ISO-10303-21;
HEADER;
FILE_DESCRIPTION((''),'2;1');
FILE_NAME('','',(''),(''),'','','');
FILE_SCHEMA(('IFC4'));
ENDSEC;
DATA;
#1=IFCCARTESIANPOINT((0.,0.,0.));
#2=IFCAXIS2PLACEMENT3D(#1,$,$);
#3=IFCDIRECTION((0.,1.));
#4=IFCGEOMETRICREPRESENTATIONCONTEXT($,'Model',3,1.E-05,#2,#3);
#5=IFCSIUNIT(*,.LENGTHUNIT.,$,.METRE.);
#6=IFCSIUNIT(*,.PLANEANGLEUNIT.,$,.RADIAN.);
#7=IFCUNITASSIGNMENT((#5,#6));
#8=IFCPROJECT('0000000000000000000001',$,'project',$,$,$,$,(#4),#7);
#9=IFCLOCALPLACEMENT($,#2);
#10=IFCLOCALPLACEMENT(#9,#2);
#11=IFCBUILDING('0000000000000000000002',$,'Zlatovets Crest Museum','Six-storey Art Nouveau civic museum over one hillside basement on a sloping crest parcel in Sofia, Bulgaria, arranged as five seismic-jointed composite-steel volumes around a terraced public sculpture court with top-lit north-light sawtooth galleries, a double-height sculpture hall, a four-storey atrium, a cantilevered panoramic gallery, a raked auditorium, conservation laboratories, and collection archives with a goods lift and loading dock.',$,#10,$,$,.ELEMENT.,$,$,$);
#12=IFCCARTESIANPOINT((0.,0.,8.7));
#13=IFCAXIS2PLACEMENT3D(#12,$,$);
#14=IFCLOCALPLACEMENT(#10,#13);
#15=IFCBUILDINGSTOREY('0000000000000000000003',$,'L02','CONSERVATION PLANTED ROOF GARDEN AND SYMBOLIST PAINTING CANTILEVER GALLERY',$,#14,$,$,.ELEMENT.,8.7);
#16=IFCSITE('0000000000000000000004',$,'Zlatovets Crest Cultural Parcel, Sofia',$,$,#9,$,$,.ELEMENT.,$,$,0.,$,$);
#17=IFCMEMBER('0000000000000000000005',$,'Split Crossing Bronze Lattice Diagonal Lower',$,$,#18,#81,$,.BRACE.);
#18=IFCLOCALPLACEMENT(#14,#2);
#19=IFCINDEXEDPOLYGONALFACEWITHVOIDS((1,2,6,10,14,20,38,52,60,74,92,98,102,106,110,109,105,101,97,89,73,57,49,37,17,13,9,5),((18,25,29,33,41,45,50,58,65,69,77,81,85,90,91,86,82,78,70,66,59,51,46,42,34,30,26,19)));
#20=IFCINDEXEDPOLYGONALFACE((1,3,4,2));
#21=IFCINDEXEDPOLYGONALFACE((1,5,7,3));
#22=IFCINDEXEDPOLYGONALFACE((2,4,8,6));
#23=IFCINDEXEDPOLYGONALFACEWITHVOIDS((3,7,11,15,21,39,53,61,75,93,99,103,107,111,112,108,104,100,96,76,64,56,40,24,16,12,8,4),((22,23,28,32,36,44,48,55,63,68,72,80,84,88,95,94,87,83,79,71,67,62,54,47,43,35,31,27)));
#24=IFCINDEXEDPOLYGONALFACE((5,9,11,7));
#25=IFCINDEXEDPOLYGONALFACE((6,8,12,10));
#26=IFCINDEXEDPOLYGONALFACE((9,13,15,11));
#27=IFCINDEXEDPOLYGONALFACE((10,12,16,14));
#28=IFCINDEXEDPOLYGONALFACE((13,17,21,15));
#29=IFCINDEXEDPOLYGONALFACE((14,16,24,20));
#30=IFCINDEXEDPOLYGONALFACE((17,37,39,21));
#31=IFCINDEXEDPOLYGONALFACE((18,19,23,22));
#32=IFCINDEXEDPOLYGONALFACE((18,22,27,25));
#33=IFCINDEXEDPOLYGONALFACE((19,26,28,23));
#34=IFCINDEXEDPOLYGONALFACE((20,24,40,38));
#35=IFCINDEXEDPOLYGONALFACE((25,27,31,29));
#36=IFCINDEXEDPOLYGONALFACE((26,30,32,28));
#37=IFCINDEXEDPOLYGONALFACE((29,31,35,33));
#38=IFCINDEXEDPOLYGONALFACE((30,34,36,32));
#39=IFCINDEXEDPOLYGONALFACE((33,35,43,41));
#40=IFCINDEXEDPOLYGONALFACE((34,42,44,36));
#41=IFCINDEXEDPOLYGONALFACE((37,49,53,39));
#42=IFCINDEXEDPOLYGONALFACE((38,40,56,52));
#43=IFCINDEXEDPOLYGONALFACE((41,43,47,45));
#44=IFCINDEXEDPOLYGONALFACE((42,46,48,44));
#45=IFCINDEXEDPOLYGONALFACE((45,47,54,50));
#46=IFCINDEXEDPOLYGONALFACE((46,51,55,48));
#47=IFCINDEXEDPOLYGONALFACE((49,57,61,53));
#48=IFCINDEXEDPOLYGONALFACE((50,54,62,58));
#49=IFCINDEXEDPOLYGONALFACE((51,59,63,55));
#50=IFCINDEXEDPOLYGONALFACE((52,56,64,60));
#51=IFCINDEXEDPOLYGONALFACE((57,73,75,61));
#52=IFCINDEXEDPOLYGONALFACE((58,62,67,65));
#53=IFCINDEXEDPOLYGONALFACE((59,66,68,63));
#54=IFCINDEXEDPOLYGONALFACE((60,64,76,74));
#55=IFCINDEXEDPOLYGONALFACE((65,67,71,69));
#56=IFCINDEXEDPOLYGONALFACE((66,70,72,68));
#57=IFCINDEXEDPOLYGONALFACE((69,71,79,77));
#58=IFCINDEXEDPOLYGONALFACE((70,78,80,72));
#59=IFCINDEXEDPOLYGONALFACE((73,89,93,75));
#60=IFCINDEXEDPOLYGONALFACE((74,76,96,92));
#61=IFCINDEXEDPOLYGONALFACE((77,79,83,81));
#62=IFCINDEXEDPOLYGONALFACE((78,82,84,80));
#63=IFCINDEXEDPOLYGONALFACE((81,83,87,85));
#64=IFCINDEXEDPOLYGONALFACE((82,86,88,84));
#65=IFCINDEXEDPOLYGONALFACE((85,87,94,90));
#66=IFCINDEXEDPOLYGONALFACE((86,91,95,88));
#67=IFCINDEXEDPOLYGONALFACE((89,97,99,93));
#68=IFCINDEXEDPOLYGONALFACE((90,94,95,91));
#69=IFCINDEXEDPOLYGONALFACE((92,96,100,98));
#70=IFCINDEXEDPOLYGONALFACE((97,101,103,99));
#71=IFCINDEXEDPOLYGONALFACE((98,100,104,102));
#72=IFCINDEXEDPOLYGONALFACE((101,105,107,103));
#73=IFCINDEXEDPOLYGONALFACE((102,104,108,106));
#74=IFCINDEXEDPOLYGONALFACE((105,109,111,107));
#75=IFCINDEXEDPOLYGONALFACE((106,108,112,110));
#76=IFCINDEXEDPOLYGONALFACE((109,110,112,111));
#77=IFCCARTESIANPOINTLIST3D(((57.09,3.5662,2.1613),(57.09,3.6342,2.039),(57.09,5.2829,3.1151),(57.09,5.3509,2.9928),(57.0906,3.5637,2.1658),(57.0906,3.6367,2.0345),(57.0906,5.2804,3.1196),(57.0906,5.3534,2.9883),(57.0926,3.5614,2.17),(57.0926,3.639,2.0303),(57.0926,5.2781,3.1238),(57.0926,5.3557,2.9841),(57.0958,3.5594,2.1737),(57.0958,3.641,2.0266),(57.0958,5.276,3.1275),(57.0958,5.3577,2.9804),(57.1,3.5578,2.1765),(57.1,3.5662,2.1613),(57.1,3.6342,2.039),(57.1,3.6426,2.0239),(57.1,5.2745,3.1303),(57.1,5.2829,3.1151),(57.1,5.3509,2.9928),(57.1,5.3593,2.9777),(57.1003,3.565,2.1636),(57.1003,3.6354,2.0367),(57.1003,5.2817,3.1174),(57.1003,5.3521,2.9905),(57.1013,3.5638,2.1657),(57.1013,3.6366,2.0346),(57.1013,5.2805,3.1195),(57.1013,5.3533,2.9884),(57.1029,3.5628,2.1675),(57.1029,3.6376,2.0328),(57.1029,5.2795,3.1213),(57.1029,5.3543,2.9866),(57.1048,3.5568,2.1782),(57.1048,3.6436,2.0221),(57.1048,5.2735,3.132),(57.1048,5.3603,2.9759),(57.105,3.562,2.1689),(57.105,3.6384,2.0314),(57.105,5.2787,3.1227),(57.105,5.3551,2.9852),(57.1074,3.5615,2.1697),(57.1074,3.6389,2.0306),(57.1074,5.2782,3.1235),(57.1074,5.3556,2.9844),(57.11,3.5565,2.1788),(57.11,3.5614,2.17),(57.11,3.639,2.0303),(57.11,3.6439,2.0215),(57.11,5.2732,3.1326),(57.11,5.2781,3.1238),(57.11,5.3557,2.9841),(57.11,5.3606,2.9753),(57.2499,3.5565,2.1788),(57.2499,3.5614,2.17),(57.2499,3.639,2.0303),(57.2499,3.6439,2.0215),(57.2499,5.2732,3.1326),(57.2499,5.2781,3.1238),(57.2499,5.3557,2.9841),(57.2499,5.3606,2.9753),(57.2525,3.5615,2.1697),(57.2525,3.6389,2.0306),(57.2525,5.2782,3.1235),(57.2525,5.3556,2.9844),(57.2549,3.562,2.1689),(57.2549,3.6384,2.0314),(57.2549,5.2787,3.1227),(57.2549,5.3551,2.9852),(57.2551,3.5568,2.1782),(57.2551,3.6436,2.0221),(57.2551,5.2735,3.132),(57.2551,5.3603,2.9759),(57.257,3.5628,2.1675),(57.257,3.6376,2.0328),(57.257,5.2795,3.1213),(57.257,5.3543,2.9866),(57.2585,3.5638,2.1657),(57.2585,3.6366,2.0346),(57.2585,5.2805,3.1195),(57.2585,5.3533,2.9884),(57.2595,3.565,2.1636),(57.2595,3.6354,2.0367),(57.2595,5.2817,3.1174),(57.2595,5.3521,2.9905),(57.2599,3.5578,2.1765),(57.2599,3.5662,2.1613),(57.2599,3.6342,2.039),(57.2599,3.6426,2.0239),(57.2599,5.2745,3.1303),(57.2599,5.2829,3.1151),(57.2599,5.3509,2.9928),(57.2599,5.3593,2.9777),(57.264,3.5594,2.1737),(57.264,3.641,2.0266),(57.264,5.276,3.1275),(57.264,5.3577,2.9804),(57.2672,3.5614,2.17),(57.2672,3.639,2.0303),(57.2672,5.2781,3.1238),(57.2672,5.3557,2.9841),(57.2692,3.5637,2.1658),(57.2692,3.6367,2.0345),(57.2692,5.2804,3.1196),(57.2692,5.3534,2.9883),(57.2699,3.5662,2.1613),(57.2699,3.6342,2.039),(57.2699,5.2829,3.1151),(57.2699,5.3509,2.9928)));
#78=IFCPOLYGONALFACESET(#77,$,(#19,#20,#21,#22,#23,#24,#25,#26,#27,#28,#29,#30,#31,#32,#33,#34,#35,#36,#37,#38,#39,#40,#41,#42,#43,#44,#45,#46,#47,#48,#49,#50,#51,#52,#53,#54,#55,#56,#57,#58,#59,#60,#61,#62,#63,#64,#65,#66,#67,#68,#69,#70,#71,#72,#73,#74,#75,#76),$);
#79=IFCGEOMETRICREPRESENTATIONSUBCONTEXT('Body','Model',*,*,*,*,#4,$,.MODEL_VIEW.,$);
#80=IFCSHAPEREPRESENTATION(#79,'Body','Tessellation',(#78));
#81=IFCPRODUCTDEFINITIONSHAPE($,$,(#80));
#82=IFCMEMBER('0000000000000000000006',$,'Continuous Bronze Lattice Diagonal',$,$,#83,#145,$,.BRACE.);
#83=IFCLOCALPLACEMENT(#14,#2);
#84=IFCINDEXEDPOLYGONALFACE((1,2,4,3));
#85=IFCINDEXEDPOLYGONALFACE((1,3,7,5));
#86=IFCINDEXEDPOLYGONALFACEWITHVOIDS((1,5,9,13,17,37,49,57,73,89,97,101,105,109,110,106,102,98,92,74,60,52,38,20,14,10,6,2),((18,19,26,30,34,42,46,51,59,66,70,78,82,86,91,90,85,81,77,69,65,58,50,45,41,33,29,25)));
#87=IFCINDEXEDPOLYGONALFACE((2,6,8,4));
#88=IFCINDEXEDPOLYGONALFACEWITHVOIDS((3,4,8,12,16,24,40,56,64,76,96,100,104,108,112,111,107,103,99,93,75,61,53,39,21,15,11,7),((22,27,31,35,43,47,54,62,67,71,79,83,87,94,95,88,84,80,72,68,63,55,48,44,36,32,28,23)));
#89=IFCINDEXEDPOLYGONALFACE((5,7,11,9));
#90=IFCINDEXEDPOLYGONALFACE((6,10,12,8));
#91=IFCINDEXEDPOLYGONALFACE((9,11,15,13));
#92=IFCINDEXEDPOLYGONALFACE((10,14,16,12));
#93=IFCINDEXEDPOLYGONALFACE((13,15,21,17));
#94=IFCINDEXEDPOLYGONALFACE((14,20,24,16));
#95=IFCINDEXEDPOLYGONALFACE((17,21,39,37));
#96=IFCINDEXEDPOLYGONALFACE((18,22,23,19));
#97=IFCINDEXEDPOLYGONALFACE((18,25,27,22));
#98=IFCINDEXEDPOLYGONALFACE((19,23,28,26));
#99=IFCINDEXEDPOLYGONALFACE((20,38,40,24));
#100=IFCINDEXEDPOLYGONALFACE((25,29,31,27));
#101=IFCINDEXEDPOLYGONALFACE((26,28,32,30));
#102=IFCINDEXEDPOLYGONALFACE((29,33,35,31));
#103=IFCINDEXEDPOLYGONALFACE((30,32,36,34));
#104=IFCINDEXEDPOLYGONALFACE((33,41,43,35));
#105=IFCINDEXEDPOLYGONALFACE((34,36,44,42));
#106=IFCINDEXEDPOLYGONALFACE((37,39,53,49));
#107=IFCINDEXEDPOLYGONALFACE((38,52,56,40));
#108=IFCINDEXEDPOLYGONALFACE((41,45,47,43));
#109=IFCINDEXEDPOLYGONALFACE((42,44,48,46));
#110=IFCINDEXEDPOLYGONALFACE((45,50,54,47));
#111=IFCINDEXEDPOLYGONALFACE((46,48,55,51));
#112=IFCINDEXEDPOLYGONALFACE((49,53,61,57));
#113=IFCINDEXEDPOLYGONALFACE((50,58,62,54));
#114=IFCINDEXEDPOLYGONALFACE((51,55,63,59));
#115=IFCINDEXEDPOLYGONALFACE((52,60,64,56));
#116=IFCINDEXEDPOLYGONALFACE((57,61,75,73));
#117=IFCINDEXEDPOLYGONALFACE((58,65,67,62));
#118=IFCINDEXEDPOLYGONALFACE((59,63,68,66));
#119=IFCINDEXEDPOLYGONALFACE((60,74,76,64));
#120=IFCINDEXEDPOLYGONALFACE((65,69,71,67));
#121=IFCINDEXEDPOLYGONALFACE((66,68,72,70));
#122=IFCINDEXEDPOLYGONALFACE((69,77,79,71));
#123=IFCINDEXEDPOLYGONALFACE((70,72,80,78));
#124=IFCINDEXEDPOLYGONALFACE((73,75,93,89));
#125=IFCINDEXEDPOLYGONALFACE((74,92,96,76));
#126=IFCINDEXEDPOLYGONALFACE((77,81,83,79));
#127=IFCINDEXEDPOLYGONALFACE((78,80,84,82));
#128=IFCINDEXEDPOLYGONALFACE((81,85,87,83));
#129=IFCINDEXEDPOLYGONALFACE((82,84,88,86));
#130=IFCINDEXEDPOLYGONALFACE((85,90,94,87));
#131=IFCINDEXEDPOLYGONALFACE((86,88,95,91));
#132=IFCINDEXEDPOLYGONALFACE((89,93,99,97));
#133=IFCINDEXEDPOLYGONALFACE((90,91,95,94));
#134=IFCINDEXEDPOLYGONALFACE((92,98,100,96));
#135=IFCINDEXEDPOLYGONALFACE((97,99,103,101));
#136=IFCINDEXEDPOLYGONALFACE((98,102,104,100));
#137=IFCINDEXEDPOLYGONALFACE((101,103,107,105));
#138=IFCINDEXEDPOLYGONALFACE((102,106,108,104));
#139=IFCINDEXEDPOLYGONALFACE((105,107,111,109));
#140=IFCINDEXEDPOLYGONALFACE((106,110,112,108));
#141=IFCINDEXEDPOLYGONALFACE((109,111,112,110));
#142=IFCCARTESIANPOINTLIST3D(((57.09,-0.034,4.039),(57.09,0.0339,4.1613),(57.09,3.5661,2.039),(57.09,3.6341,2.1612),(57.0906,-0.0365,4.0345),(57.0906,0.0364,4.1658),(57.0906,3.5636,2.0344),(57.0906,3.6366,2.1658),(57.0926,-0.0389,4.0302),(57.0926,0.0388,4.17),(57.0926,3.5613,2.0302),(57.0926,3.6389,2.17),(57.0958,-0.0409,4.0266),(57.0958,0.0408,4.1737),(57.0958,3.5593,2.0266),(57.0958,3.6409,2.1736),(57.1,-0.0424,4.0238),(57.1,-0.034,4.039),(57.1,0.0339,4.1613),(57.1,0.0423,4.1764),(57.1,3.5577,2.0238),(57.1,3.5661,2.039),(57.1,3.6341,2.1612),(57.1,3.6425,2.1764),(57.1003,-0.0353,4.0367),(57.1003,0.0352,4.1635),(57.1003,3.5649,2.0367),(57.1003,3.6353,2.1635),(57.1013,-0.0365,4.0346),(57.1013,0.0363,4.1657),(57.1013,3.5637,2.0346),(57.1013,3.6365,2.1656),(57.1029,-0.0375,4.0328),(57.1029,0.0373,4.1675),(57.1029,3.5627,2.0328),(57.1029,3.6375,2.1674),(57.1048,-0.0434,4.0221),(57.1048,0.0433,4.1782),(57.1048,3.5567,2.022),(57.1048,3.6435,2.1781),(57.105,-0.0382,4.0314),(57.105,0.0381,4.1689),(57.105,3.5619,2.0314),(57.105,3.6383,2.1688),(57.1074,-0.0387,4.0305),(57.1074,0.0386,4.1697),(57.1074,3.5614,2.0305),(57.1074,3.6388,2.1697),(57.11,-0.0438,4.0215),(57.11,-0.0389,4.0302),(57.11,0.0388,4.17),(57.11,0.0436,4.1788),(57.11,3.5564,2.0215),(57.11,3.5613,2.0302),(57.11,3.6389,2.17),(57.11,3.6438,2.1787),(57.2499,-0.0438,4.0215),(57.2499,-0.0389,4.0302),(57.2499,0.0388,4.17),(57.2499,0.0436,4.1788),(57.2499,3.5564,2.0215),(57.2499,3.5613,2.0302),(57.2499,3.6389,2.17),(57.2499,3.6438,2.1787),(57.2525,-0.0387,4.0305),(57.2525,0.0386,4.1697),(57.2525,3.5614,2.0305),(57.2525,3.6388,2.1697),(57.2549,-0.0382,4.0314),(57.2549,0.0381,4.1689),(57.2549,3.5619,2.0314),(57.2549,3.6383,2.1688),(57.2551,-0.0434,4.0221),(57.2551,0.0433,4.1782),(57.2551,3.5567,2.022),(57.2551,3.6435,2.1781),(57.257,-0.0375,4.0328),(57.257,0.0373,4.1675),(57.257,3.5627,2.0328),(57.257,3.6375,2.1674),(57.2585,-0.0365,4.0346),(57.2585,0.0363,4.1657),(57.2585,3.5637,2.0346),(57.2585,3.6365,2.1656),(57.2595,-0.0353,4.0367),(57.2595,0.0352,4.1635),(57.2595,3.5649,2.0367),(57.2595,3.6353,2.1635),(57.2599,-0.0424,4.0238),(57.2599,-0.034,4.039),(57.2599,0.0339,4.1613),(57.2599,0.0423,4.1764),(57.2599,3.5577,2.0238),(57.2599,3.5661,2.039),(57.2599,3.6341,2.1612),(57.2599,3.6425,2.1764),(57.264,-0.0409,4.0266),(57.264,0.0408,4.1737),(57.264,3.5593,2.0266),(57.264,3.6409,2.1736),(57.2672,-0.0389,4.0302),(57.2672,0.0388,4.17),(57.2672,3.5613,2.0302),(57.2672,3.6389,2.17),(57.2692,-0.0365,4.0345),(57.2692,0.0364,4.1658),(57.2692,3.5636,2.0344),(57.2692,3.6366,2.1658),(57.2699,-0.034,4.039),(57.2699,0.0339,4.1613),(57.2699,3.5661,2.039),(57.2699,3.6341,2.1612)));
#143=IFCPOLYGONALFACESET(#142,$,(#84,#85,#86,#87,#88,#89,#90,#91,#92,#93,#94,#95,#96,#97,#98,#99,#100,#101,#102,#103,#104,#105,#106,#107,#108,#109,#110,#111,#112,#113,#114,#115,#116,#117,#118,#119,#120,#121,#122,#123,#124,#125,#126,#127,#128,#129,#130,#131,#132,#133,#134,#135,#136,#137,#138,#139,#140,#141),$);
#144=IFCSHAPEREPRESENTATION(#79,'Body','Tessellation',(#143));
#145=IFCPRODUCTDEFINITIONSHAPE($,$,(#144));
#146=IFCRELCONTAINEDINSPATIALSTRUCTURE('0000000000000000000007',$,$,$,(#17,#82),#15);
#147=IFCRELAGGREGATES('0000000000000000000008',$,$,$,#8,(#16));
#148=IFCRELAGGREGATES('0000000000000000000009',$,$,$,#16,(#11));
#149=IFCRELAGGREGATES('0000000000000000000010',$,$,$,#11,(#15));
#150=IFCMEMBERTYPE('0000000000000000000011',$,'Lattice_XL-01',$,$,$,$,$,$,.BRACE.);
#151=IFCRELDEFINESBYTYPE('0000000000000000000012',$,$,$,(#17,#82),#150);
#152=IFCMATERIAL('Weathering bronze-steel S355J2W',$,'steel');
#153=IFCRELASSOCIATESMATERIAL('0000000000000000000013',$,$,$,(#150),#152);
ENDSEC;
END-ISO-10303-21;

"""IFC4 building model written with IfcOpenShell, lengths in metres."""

from ifc_helpers import new_model, si_unit, direction, frame, origin, origin_2d, place, context, subcontext, project, spatial, hollow_rectangle, extrude, material, material_profile, profile_set, type_object, element, save


model = new_model("IFC4")

# Units and contexts
model_context = context("Model", 3, precision=1e-05, world=origin(), true_north=direction((0.0, 1.0)))
body_context = subcontext(model_context, "Body", "Model", "MODEL_VIEW")
ifc_project = project(units=[si_unit("LENGTHUNIT", "METRE"), si_unit("PLANEANGLEUNIT", "RADIAN")], contexts=[model_context])

# Site, building, storey
site_placement = place(None, origin())
site = spatial("IfcSite", under=ifc_project, at=site_placement, Name="Zlatovets Crest Cultural Parcel, Sofia", CompositionType="ELEMENT", RefElevation=0.0)
building_placement = place(site_placement, origin())
building = spatial("IfcBuilding", under=site, at=building_placement, Name="Zlatovets Crest Museum", Description="Six-storey Art Nouveau civic museum over one hillside basement on a sloping crest parcel in Sofia, Bulgaria, arranged as five seismic-jointed composite-steel volumes around a terraced public sculpture court with top-lit north-light sawtooth galleries, a double-height sculpture hall, a four-storey atrium, a cantilevered panoramic gallery, a raked auditorium, conservation laboratories, and collection archives with a goods lift and loading dock.", CompositionType="ELEMENT")
storey_placement = place(building_placement, frame((0.0, 0.0, 8.7)))
storey = spatial("IfcBuildingStorey", under=building, at=storey_placement, Name="L02", Description="CONSERVATION PLANTED ROOF GARDEN AND SYMBOLIST PAINTING CANTILEVER GALLERY", CompositionType="ELEMENT", Elevation=8.7)

# Members
ifc_material_1 = material(Name="Weathering bronze-steel S355J2W", Category="steel")
ifc_material_profile_1 = material_profile(ifc_material_1, hollow_rectangle(XDim=0.1799, YDim=0.1799, WallThickness=0.01, InnerFilletRadius=0.01, OuterFilletRadius=0.02, at=origin_2d()), Name="SHS 180x180x10.0")
ifc_profile_set_1 = profile_set([ifc_material_profile_1], Name="Weathering bronze-steel S355J2W")
member_type_1 = type_object("IfcMemberType", Name="Lattice_XL-01", PredefinedType="BRACE", material=ifc_profile_set_1)
member_1_placement = place(storey_placement, frame((57.1799, 5.3169, 3.054), z_axis=(0.0, -0.87414, -0.485675), x_axis=(1.0, 0.0, 0.0)))
element("IfcMember", 1, at=member_1_placement, inside=storey, type_object=member_type_1, Name="Split Crossing Bronze Lattice Diagonal Lower", PredefinedType="BRACE", context=body_context, shape_type="SweptSolid", body=[
    extrude(hollow_rectangle(XDim=0.1799, YDim=0.1799, WallThickness=0.01, InnerFilletRadius=0.01, OuterFilletRadius=0.02, at=origin_2d()), origin(), (0.0, 0.0, 1.0), 1.9639),
])
member_2_placement = place(storey_placement, frame((57.1799, 3.6001, 2.1001), z_axis=(0.0, -0.874163, 0.485633), x_axis=(1.0, 0.0, 0.0)))
element("IfcMember", 2, at=member_2_placement, inside=storey, type_object=member_type_1, Name="Continuous Bronze Lattice Diagonal", PredefinedType="BRACE", context=body_context, shape_type="SweptSolid", body=[
    extrude(hollow_rectangle(XDim=0.1799, YDim=0.1799, WallThickness=0.01, InnerFilletRadius=0.01, OuterFilletRadius=0.02, at=origin_2d()), origin(), (0.0, 0.0, 1.0), 4.1184),
])

save(model, "model.ifc")
